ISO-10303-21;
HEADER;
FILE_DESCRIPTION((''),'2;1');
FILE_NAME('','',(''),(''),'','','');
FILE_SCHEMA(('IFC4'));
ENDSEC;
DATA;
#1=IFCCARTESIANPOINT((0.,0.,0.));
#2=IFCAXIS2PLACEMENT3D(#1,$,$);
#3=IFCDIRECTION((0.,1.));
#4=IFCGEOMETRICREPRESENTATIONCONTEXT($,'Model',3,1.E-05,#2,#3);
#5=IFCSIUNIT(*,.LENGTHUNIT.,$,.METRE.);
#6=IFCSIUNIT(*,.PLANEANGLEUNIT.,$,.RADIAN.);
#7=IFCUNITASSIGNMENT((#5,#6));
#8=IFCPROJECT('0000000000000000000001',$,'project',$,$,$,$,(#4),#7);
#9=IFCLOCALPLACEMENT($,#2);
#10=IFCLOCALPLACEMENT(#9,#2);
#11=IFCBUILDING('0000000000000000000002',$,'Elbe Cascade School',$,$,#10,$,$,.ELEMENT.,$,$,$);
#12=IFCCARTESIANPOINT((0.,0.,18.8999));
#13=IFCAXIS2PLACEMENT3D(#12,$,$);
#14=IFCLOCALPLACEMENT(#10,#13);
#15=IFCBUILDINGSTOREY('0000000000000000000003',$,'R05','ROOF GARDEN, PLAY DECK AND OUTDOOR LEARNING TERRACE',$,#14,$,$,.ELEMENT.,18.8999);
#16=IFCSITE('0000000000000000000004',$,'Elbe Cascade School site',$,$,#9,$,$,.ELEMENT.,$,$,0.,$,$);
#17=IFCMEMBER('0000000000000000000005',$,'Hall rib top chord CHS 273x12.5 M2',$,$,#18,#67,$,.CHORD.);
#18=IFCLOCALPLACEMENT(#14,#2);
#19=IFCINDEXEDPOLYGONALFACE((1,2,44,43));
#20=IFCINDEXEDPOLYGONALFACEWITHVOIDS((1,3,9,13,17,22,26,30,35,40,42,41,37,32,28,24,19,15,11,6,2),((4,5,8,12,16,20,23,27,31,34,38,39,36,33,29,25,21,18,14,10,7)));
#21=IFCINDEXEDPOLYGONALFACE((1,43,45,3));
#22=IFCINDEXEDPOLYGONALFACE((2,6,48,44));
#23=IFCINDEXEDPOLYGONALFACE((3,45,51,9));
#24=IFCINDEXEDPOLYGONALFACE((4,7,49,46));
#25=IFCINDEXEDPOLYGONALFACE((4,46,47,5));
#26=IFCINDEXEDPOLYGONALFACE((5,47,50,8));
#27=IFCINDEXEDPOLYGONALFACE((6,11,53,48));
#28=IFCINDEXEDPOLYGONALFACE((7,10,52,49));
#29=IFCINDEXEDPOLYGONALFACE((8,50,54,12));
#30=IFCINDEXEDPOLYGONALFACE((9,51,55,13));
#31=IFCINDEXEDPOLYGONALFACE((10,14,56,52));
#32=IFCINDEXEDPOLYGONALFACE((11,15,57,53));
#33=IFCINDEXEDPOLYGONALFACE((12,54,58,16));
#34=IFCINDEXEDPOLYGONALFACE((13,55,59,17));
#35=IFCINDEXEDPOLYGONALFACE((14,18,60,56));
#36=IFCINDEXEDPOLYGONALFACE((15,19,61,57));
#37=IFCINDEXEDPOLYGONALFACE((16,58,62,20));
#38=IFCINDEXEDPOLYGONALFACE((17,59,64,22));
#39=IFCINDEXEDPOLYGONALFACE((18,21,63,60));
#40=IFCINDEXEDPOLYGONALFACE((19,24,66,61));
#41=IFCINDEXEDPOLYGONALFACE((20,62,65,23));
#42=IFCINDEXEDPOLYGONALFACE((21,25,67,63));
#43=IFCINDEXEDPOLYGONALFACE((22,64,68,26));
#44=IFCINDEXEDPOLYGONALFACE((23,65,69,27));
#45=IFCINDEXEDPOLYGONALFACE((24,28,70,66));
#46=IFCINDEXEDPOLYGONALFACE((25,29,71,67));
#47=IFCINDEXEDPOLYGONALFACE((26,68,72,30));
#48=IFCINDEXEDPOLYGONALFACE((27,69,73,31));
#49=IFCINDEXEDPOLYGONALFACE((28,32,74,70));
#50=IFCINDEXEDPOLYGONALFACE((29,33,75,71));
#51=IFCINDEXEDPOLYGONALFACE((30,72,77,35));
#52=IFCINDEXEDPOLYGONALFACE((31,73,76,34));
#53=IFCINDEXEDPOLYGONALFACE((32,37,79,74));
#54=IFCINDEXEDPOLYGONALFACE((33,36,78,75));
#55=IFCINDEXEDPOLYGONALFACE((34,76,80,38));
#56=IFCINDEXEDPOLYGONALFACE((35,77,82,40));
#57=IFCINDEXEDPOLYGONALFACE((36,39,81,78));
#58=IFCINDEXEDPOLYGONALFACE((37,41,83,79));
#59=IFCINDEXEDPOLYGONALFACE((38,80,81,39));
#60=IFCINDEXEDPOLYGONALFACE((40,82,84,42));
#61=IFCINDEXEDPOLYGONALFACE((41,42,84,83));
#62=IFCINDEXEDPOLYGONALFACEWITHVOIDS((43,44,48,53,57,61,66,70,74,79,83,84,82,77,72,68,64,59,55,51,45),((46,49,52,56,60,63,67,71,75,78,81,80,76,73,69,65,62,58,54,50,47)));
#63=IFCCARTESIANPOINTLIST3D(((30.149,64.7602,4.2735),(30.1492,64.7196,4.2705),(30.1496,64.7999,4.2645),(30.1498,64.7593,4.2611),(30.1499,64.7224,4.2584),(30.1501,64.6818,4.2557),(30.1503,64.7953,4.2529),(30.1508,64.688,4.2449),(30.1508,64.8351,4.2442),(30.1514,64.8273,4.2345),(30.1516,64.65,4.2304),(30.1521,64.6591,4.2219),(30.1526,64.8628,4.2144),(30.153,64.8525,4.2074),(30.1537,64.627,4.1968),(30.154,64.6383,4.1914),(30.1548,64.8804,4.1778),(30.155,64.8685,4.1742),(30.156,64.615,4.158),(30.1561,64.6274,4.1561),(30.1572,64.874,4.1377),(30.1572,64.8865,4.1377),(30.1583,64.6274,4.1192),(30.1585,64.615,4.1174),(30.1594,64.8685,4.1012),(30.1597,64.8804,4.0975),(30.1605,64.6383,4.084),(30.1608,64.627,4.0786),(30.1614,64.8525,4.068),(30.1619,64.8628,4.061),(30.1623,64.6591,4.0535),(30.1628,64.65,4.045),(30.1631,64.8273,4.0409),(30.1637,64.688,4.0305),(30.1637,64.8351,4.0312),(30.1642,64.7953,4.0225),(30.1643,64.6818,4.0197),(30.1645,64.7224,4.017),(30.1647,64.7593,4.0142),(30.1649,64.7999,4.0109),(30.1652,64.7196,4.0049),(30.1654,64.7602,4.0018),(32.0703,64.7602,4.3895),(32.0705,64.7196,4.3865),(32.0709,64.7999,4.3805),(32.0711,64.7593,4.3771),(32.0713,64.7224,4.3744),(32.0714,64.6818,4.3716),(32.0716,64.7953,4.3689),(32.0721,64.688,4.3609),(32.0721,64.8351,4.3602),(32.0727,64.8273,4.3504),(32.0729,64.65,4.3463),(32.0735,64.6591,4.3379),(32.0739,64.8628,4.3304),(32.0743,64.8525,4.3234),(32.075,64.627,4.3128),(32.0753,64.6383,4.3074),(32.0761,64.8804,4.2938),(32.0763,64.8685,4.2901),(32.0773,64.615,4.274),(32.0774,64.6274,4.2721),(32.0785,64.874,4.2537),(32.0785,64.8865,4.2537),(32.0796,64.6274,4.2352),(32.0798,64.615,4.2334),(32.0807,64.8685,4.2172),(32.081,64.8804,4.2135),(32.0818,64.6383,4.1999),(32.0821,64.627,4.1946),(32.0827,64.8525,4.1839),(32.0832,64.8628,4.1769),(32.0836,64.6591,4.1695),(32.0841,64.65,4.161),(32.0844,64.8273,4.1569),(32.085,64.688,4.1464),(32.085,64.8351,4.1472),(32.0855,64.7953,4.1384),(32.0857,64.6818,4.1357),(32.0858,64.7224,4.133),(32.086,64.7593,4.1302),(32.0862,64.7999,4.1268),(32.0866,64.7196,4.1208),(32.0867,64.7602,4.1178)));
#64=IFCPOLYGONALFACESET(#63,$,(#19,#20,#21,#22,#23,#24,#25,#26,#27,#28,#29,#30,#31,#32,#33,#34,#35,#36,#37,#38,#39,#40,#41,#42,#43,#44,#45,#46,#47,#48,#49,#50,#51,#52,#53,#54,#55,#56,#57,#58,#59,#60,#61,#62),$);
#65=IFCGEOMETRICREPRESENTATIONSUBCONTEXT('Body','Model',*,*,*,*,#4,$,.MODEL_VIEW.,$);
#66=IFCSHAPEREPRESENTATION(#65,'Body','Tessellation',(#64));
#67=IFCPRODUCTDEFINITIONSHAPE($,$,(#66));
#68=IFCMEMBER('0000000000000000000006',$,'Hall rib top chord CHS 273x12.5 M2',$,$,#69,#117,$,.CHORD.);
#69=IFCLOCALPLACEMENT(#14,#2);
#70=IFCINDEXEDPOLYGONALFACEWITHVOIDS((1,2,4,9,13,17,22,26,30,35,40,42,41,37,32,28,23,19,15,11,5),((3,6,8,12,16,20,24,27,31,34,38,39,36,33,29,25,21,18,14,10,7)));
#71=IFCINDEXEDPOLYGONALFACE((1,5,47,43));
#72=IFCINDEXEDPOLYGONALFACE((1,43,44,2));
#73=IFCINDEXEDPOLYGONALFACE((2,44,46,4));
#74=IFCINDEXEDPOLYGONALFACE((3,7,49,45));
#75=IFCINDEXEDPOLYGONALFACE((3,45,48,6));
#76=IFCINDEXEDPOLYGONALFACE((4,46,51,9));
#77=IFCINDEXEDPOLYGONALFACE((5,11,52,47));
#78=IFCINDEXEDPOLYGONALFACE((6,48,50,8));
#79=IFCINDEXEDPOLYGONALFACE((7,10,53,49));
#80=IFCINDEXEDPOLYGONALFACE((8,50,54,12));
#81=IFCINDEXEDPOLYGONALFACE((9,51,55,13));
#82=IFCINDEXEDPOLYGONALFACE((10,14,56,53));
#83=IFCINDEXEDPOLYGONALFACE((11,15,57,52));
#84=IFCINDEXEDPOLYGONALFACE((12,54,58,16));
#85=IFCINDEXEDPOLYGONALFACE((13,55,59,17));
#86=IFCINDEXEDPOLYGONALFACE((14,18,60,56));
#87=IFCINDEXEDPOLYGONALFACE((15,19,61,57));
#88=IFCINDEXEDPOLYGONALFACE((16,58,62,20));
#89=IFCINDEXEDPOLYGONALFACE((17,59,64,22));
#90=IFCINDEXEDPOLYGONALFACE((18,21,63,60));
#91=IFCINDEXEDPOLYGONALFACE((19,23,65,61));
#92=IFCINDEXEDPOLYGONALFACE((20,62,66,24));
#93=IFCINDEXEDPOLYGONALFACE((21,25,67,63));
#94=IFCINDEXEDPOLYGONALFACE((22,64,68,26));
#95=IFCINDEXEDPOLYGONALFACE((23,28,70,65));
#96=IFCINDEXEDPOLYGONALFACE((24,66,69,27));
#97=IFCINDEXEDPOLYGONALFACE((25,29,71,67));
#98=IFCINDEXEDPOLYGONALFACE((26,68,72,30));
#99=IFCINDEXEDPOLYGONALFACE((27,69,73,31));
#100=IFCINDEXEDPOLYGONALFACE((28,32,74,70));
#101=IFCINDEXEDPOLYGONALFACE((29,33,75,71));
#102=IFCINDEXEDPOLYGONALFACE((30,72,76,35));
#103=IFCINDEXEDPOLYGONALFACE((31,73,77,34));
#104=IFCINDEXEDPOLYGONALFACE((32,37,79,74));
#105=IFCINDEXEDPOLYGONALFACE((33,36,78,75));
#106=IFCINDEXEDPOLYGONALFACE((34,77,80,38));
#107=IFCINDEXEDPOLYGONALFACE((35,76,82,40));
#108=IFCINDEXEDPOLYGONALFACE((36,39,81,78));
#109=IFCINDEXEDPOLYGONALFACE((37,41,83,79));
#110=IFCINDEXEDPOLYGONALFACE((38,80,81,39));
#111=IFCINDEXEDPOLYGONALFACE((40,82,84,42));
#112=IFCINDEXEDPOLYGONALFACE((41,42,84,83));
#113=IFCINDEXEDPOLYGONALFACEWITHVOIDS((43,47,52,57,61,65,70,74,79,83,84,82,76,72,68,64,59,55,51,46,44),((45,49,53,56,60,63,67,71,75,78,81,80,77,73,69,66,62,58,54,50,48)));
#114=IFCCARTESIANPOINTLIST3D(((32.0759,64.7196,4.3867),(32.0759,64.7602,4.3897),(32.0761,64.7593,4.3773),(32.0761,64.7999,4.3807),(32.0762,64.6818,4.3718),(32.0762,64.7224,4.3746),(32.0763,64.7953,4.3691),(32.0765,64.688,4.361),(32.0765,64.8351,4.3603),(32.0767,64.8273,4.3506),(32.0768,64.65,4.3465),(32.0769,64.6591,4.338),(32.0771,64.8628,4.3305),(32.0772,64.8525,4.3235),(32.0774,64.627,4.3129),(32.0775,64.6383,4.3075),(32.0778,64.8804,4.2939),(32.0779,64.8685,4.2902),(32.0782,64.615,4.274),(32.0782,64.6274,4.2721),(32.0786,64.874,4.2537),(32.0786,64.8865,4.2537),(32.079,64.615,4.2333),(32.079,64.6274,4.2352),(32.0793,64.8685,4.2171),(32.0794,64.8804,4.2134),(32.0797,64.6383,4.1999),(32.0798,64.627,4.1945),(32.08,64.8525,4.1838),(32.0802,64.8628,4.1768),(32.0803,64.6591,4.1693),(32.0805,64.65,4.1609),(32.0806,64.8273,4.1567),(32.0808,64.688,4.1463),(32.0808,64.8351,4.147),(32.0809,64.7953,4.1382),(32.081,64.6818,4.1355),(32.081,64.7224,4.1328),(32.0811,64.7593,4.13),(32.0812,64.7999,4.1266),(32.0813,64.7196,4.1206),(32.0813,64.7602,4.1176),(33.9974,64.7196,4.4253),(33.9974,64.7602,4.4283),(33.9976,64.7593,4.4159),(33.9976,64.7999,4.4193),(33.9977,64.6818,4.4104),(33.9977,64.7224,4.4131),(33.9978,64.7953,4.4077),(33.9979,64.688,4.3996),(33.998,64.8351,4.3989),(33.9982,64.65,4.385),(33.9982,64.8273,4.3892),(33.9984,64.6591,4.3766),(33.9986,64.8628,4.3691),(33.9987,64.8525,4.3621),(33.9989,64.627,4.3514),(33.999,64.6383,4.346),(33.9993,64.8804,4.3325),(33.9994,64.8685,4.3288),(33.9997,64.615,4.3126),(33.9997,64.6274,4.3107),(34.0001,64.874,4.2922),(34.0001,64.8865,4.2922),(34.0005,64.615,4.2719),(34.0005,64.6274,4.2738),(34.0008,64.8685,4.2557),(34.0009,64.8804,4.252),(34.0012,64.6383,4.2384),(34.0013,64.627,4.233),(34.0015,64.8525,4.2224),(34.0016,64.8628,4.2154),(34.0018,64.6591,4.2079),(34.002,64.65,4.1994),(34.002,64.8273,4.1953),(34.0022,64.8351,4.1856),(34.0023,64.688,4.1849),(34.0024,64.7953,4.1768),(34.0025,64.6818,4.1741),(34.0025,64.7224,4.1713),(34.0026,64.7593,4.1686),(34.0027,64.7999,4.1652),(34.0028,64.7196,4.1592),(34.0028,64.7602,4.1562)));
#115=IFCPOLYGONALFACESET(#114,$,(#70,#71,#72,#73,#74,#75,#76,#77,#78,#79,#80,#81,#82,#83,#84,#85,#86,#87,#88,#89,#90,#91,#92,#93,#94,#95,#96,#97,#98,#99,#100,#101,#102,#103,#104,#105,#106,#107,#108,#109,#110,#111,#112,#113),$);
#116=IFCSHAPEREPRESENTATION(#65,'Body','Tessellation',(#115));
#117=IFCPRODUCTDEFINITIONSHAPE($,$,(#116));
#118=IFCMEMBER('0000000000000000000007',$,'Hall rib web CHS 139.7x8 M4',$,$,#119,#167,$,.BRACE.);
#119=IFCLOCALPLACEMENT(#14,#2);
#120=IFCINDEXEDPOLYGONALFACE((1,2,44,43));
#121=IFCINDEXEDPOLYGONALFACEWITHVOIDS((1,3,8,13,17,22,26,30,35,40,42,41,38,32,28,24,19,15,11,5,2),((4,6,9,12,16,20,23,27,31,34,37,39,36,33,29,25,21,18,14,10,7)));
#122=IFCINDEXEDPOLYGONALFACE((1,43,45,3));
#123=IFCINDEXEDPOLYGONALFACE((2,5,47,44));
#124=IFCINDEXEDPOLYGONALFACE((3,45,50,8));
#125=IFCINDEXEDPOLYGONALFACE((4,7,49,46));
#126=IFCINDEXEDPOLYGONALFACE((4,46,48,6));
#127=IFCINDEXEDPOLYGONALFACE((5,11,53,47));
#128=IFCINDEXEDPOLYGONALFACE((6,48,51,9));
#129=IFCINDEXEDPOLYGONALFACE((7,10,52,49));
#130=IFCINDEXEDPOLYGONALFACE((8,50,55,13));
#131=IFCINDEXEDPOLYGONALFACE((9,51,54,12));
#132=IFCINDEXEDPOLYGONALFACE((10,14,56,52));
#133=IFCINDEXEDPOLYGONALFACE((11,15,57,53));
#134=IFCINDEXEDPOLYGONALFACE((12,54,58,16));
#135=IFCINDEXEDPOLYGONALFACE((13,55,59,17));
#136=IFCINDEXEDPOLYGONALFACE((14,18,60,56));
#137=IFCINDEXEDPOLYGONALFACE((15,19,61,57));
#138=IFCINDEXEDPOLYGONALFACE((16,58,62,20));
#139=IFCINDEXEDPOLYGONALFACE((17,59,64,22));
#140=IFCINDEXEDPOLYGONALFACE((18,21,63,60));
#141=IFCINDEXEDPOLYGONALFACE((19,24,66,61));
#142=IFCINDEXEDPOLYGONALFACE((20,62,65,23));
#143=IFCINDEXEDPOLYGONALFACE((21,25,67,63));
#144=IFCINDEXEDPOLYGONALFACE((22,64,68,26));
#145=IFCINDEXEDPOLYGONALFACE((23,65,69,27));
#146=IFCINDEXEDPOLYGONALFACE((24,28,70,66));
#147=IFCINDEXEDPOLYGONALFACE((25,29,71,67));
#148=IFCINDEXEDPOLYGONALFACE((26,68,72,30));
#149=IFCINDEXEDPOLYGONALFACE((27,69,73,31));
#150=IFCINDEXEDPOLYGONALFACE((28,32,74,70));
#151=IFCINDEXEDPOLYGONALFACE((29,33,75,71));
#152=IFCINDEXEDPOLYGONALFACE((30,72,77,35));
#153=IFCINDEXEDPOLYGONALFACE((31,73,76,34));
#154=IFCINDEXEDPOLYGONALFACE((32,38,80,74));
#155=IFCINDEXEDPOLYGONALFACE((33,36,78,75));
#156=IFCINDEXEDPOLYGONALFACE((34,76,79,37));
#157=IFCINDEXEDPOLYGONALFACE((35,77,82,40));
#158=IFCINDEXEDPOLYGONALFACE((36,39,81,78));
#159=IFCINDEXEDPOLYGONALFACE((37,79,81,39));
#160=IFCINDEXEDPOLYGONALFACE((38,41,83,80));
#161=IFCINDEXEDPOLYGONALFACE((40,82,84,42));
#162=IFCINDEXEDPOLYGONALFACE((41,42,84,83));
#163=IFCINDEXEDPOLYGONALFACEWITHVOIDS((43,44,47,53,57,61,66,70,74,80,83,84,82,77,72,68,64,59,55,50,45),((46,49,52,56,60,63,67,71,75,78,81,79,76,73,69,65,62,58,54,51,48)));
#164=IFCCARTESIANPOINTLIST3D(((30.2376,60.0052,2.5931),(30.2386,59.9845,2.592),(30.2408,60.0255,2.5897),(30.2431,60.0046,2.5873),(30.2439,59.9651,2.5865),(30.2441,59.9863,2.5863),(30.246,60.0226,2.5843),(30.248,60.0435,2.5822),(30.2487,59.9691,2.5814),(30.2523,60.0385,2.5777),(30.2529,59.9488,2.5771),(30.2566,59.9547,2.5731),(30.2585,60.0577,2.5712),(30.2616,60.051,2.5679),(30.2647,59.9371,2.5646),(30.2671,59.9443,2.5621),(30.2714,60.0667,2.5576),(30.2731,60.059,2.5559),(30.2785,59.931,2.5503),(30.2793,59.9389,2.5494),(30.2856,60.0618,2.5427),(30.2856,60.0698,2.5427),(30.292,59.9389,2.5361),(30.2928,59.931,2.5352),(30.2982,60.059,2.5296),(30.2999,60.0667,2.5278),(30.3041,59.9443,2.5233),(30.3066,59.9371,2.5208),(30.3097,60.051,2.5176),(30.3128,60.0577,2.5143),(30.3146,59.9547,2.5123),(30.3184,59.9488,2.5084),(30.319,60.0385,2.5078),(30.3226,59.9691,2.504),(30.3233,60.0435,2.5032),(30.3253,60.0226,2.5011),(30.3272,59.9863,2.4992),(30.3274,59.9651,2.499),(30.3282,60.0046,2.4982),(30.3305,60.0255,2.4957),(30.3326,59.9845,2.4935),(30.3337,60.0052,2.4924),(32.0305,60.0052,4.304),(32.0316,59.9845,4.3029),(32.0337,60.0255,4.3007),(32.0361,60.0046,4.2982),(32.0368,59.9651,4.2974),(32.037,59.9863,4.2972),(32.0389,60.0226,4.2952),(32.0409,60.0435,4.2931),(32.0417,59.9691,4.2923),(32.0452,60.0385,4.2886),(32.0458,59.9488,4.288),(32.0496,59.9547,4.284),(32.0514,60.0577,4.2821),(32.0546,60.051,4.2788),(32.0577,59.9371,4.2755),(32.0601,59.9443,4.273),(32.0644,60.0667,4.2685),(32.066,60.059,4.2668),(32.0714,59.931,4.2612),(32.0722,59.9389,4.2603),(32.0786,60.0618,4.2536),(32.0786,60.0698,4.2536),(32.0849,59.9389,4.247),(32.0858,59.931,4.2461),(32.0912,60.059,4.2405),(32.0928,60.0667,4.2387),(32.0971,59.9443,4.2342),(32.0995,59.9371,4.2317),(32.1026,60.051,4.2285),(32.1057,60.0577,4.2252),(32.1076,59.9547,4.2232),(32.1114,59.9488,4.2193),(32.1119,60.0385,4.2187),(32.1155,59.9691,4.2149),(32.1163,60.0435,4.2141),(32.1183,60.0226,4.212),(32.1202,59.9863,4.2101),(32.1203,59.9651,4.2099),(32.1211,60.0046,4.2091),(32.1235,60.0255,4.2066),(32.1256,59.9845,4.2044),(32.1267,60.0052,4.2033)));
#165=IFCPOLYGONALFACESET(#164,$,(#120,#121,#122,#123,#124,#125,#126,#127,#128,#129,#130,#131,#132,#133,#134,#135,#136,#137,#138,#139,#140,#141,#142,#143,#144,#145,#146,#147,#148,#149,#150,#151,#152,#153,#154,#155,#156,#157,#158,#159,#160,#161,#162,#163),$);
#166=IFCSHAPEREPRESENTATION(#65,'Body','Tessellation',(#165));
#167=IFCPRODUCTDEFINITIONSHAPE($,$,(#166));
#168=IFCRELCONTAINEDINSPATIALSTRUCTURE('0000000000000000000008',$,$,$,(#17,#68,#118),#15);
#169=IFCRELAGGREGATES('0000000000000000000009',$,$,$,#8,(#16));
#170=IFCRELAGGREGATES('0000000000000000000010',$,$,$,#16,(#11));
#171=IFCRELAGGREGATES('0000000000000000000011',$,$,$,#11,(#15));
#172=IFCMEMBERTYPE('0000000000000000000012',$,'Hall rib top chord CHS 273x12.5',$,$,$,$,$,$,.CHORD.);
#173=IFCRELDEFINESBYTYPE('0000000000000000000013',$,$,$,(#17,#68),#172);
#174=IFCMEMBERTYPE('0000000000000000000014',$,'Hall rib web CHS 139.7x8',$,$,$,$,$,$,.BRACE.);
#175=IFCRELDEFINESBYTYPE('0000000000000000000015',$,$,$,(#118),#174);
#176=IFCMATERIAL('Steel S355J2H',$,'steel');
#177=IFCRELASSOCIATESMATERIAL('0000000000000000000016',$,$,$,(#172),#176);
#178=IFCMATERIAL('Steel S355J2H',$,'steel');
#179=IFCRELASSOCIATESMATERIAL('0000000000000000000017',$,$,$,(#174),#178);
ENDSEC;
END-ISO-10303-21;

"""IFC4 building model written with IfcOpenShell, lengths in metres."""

from ifc_helpers import new_model, si_unit, direction, frame, origin, origin_2d, place, context, subcontext, project, spatial, hollow_circle, extrude, material, material_profile, profile_set, type_object, element, save


model = new_model("IFC4")

# Units and contexts
model_context = context("Model", 3, precision=1e-05, world=origin(), true_north=direction((0.0, 1.0)))
body_context = subcontext(model_context, "Body", "Model", "MODEL_VIEW")
ifc_project = project(units=[si_unit("LENGTHUNIT", "METRE"), si_unit("PLANEANGLEUNIT", "RADIAN")], contexts=[model_context])

# Site, building, storey
site_placement = place(None, origin())
site = spatial("IfcSite", under=ifc_project, at=site_placement, Name="Elbe Cascade School site", CompositionType="ELEMENT", RefElevation=0.0)
building_placement = place(site_placement, origin())
building = spatial("IfcBuilding", under=site, at=building_placement, Name="Elbe Cascade School", CompositionType="ELEMENT")
storey_placement = place(building_placement, frame((0.0, 0.0, 18.8999)))
storey = spatial("IfcBuildingStorey", under=building, at=storey_placement, Name="R05", Description="ROOF GARDEN, PLAY DECK AND OUTDOOR LEARNING TERRACE", CompositionType="ELEMENT", Elevation=18.8999)

# Members
ifc_material_1 = material(Name="Steel S355J2H", Category="steel")
ifc_material_profile_1 = material_profile(ifc_material_1, hollow_circle(Radius=0.1365, WallThickness=0.0125, at=origin_2d()), Name="CHS 273x12.5")
ifc_profile_set_1 = profile_set([ifc_material_profile_1], Name="Steel S355J2H")
member_type_1 = type_object("IfcMemberType", Name="Hall rib top chord CHS 273x12.5", PredefinedType="CHORD", material=ifc_profile_set_1)
member_1_placement = place(storey_placement, frame((30.1572, 64.75, 4.1377), z_axis=(0.998184, 0.0, 0.060246), x_axis=(0.0, 1.0, 0.0)))
element("IfcMember", 1, at=member_1_placement, inside=storey, type_object=member_type_1, Name="Hall rib top chord CHS 273x12.5 M2", PredefinedType="CHORD", context=body_context, shape_type="SweptSolid", body=[
    extrude(hollow_circle(Radius=0.1365, WallThickness=0.0125, at=origin_2d()), origin(), (0.0, 0.0, 1.0), 1.9248),
])
member_2_placement = place(storey_placement, frame((32.0786, 64.75, 4.2537), z_axis=(0.999799, 0.0, 0.020072), x_axis=(0.0, 1.0, 0.0)))
element("IfcMember", 2, at=member_2_placement, inside=storey, type_object=member_type_1, Name="Hall rib top chord CHS 273x12.5 M2", PredefinedType="CHORD", context=body_context, shape_type="SweptSolid", body=[
    extrude(hollow_circle(Radius=0.1365, WallThickness=0.0125, at=origin_2d()), origin(), (0.0, 0.0, 1.0), 1.9219),
])
ifc_material_2 = material(Name="Steel S355J2H", Category="steel")
ifc_material_profile_2 = material_profile(ifc_material_2, hollow_circle(Radius=0.0698, WallThickness=0.0081, at=origin_2d()), Name="CHS 139.7x8")
ifc_profile_set_2 = profile_set([ifc_material_profile_2], Name="Steel S355J2H")
member_type_2 = type_object("IfcMemberType", Name="Hall rib web CHS 139.7x8", PredefinedType="BRACE", material=ifc_profile_set_2)
member_3_placement = place(storey_placement, frame((30.2856, 60.0, 2.5427), z_axis=(0.723463, 0.0, 0.690363), x_axis=(0.0, 1.0, 0.0)))
element("IfcMember", 3, at=member_3_placement, inside=storey, type_object=member_type_2, Name="Hall rib web CHS 139.7x8 M4", PredefinedType="BRACE", context=body_context, shape_type="SweptSolid", body=[
    extrude(hollow_circle(Radius=0.0698, WallThickness=0.0081, at=origin_2d()), origin(), (0.0, 0.0, 1.0), 2.4783),
])

save(model, "model.ifc")
